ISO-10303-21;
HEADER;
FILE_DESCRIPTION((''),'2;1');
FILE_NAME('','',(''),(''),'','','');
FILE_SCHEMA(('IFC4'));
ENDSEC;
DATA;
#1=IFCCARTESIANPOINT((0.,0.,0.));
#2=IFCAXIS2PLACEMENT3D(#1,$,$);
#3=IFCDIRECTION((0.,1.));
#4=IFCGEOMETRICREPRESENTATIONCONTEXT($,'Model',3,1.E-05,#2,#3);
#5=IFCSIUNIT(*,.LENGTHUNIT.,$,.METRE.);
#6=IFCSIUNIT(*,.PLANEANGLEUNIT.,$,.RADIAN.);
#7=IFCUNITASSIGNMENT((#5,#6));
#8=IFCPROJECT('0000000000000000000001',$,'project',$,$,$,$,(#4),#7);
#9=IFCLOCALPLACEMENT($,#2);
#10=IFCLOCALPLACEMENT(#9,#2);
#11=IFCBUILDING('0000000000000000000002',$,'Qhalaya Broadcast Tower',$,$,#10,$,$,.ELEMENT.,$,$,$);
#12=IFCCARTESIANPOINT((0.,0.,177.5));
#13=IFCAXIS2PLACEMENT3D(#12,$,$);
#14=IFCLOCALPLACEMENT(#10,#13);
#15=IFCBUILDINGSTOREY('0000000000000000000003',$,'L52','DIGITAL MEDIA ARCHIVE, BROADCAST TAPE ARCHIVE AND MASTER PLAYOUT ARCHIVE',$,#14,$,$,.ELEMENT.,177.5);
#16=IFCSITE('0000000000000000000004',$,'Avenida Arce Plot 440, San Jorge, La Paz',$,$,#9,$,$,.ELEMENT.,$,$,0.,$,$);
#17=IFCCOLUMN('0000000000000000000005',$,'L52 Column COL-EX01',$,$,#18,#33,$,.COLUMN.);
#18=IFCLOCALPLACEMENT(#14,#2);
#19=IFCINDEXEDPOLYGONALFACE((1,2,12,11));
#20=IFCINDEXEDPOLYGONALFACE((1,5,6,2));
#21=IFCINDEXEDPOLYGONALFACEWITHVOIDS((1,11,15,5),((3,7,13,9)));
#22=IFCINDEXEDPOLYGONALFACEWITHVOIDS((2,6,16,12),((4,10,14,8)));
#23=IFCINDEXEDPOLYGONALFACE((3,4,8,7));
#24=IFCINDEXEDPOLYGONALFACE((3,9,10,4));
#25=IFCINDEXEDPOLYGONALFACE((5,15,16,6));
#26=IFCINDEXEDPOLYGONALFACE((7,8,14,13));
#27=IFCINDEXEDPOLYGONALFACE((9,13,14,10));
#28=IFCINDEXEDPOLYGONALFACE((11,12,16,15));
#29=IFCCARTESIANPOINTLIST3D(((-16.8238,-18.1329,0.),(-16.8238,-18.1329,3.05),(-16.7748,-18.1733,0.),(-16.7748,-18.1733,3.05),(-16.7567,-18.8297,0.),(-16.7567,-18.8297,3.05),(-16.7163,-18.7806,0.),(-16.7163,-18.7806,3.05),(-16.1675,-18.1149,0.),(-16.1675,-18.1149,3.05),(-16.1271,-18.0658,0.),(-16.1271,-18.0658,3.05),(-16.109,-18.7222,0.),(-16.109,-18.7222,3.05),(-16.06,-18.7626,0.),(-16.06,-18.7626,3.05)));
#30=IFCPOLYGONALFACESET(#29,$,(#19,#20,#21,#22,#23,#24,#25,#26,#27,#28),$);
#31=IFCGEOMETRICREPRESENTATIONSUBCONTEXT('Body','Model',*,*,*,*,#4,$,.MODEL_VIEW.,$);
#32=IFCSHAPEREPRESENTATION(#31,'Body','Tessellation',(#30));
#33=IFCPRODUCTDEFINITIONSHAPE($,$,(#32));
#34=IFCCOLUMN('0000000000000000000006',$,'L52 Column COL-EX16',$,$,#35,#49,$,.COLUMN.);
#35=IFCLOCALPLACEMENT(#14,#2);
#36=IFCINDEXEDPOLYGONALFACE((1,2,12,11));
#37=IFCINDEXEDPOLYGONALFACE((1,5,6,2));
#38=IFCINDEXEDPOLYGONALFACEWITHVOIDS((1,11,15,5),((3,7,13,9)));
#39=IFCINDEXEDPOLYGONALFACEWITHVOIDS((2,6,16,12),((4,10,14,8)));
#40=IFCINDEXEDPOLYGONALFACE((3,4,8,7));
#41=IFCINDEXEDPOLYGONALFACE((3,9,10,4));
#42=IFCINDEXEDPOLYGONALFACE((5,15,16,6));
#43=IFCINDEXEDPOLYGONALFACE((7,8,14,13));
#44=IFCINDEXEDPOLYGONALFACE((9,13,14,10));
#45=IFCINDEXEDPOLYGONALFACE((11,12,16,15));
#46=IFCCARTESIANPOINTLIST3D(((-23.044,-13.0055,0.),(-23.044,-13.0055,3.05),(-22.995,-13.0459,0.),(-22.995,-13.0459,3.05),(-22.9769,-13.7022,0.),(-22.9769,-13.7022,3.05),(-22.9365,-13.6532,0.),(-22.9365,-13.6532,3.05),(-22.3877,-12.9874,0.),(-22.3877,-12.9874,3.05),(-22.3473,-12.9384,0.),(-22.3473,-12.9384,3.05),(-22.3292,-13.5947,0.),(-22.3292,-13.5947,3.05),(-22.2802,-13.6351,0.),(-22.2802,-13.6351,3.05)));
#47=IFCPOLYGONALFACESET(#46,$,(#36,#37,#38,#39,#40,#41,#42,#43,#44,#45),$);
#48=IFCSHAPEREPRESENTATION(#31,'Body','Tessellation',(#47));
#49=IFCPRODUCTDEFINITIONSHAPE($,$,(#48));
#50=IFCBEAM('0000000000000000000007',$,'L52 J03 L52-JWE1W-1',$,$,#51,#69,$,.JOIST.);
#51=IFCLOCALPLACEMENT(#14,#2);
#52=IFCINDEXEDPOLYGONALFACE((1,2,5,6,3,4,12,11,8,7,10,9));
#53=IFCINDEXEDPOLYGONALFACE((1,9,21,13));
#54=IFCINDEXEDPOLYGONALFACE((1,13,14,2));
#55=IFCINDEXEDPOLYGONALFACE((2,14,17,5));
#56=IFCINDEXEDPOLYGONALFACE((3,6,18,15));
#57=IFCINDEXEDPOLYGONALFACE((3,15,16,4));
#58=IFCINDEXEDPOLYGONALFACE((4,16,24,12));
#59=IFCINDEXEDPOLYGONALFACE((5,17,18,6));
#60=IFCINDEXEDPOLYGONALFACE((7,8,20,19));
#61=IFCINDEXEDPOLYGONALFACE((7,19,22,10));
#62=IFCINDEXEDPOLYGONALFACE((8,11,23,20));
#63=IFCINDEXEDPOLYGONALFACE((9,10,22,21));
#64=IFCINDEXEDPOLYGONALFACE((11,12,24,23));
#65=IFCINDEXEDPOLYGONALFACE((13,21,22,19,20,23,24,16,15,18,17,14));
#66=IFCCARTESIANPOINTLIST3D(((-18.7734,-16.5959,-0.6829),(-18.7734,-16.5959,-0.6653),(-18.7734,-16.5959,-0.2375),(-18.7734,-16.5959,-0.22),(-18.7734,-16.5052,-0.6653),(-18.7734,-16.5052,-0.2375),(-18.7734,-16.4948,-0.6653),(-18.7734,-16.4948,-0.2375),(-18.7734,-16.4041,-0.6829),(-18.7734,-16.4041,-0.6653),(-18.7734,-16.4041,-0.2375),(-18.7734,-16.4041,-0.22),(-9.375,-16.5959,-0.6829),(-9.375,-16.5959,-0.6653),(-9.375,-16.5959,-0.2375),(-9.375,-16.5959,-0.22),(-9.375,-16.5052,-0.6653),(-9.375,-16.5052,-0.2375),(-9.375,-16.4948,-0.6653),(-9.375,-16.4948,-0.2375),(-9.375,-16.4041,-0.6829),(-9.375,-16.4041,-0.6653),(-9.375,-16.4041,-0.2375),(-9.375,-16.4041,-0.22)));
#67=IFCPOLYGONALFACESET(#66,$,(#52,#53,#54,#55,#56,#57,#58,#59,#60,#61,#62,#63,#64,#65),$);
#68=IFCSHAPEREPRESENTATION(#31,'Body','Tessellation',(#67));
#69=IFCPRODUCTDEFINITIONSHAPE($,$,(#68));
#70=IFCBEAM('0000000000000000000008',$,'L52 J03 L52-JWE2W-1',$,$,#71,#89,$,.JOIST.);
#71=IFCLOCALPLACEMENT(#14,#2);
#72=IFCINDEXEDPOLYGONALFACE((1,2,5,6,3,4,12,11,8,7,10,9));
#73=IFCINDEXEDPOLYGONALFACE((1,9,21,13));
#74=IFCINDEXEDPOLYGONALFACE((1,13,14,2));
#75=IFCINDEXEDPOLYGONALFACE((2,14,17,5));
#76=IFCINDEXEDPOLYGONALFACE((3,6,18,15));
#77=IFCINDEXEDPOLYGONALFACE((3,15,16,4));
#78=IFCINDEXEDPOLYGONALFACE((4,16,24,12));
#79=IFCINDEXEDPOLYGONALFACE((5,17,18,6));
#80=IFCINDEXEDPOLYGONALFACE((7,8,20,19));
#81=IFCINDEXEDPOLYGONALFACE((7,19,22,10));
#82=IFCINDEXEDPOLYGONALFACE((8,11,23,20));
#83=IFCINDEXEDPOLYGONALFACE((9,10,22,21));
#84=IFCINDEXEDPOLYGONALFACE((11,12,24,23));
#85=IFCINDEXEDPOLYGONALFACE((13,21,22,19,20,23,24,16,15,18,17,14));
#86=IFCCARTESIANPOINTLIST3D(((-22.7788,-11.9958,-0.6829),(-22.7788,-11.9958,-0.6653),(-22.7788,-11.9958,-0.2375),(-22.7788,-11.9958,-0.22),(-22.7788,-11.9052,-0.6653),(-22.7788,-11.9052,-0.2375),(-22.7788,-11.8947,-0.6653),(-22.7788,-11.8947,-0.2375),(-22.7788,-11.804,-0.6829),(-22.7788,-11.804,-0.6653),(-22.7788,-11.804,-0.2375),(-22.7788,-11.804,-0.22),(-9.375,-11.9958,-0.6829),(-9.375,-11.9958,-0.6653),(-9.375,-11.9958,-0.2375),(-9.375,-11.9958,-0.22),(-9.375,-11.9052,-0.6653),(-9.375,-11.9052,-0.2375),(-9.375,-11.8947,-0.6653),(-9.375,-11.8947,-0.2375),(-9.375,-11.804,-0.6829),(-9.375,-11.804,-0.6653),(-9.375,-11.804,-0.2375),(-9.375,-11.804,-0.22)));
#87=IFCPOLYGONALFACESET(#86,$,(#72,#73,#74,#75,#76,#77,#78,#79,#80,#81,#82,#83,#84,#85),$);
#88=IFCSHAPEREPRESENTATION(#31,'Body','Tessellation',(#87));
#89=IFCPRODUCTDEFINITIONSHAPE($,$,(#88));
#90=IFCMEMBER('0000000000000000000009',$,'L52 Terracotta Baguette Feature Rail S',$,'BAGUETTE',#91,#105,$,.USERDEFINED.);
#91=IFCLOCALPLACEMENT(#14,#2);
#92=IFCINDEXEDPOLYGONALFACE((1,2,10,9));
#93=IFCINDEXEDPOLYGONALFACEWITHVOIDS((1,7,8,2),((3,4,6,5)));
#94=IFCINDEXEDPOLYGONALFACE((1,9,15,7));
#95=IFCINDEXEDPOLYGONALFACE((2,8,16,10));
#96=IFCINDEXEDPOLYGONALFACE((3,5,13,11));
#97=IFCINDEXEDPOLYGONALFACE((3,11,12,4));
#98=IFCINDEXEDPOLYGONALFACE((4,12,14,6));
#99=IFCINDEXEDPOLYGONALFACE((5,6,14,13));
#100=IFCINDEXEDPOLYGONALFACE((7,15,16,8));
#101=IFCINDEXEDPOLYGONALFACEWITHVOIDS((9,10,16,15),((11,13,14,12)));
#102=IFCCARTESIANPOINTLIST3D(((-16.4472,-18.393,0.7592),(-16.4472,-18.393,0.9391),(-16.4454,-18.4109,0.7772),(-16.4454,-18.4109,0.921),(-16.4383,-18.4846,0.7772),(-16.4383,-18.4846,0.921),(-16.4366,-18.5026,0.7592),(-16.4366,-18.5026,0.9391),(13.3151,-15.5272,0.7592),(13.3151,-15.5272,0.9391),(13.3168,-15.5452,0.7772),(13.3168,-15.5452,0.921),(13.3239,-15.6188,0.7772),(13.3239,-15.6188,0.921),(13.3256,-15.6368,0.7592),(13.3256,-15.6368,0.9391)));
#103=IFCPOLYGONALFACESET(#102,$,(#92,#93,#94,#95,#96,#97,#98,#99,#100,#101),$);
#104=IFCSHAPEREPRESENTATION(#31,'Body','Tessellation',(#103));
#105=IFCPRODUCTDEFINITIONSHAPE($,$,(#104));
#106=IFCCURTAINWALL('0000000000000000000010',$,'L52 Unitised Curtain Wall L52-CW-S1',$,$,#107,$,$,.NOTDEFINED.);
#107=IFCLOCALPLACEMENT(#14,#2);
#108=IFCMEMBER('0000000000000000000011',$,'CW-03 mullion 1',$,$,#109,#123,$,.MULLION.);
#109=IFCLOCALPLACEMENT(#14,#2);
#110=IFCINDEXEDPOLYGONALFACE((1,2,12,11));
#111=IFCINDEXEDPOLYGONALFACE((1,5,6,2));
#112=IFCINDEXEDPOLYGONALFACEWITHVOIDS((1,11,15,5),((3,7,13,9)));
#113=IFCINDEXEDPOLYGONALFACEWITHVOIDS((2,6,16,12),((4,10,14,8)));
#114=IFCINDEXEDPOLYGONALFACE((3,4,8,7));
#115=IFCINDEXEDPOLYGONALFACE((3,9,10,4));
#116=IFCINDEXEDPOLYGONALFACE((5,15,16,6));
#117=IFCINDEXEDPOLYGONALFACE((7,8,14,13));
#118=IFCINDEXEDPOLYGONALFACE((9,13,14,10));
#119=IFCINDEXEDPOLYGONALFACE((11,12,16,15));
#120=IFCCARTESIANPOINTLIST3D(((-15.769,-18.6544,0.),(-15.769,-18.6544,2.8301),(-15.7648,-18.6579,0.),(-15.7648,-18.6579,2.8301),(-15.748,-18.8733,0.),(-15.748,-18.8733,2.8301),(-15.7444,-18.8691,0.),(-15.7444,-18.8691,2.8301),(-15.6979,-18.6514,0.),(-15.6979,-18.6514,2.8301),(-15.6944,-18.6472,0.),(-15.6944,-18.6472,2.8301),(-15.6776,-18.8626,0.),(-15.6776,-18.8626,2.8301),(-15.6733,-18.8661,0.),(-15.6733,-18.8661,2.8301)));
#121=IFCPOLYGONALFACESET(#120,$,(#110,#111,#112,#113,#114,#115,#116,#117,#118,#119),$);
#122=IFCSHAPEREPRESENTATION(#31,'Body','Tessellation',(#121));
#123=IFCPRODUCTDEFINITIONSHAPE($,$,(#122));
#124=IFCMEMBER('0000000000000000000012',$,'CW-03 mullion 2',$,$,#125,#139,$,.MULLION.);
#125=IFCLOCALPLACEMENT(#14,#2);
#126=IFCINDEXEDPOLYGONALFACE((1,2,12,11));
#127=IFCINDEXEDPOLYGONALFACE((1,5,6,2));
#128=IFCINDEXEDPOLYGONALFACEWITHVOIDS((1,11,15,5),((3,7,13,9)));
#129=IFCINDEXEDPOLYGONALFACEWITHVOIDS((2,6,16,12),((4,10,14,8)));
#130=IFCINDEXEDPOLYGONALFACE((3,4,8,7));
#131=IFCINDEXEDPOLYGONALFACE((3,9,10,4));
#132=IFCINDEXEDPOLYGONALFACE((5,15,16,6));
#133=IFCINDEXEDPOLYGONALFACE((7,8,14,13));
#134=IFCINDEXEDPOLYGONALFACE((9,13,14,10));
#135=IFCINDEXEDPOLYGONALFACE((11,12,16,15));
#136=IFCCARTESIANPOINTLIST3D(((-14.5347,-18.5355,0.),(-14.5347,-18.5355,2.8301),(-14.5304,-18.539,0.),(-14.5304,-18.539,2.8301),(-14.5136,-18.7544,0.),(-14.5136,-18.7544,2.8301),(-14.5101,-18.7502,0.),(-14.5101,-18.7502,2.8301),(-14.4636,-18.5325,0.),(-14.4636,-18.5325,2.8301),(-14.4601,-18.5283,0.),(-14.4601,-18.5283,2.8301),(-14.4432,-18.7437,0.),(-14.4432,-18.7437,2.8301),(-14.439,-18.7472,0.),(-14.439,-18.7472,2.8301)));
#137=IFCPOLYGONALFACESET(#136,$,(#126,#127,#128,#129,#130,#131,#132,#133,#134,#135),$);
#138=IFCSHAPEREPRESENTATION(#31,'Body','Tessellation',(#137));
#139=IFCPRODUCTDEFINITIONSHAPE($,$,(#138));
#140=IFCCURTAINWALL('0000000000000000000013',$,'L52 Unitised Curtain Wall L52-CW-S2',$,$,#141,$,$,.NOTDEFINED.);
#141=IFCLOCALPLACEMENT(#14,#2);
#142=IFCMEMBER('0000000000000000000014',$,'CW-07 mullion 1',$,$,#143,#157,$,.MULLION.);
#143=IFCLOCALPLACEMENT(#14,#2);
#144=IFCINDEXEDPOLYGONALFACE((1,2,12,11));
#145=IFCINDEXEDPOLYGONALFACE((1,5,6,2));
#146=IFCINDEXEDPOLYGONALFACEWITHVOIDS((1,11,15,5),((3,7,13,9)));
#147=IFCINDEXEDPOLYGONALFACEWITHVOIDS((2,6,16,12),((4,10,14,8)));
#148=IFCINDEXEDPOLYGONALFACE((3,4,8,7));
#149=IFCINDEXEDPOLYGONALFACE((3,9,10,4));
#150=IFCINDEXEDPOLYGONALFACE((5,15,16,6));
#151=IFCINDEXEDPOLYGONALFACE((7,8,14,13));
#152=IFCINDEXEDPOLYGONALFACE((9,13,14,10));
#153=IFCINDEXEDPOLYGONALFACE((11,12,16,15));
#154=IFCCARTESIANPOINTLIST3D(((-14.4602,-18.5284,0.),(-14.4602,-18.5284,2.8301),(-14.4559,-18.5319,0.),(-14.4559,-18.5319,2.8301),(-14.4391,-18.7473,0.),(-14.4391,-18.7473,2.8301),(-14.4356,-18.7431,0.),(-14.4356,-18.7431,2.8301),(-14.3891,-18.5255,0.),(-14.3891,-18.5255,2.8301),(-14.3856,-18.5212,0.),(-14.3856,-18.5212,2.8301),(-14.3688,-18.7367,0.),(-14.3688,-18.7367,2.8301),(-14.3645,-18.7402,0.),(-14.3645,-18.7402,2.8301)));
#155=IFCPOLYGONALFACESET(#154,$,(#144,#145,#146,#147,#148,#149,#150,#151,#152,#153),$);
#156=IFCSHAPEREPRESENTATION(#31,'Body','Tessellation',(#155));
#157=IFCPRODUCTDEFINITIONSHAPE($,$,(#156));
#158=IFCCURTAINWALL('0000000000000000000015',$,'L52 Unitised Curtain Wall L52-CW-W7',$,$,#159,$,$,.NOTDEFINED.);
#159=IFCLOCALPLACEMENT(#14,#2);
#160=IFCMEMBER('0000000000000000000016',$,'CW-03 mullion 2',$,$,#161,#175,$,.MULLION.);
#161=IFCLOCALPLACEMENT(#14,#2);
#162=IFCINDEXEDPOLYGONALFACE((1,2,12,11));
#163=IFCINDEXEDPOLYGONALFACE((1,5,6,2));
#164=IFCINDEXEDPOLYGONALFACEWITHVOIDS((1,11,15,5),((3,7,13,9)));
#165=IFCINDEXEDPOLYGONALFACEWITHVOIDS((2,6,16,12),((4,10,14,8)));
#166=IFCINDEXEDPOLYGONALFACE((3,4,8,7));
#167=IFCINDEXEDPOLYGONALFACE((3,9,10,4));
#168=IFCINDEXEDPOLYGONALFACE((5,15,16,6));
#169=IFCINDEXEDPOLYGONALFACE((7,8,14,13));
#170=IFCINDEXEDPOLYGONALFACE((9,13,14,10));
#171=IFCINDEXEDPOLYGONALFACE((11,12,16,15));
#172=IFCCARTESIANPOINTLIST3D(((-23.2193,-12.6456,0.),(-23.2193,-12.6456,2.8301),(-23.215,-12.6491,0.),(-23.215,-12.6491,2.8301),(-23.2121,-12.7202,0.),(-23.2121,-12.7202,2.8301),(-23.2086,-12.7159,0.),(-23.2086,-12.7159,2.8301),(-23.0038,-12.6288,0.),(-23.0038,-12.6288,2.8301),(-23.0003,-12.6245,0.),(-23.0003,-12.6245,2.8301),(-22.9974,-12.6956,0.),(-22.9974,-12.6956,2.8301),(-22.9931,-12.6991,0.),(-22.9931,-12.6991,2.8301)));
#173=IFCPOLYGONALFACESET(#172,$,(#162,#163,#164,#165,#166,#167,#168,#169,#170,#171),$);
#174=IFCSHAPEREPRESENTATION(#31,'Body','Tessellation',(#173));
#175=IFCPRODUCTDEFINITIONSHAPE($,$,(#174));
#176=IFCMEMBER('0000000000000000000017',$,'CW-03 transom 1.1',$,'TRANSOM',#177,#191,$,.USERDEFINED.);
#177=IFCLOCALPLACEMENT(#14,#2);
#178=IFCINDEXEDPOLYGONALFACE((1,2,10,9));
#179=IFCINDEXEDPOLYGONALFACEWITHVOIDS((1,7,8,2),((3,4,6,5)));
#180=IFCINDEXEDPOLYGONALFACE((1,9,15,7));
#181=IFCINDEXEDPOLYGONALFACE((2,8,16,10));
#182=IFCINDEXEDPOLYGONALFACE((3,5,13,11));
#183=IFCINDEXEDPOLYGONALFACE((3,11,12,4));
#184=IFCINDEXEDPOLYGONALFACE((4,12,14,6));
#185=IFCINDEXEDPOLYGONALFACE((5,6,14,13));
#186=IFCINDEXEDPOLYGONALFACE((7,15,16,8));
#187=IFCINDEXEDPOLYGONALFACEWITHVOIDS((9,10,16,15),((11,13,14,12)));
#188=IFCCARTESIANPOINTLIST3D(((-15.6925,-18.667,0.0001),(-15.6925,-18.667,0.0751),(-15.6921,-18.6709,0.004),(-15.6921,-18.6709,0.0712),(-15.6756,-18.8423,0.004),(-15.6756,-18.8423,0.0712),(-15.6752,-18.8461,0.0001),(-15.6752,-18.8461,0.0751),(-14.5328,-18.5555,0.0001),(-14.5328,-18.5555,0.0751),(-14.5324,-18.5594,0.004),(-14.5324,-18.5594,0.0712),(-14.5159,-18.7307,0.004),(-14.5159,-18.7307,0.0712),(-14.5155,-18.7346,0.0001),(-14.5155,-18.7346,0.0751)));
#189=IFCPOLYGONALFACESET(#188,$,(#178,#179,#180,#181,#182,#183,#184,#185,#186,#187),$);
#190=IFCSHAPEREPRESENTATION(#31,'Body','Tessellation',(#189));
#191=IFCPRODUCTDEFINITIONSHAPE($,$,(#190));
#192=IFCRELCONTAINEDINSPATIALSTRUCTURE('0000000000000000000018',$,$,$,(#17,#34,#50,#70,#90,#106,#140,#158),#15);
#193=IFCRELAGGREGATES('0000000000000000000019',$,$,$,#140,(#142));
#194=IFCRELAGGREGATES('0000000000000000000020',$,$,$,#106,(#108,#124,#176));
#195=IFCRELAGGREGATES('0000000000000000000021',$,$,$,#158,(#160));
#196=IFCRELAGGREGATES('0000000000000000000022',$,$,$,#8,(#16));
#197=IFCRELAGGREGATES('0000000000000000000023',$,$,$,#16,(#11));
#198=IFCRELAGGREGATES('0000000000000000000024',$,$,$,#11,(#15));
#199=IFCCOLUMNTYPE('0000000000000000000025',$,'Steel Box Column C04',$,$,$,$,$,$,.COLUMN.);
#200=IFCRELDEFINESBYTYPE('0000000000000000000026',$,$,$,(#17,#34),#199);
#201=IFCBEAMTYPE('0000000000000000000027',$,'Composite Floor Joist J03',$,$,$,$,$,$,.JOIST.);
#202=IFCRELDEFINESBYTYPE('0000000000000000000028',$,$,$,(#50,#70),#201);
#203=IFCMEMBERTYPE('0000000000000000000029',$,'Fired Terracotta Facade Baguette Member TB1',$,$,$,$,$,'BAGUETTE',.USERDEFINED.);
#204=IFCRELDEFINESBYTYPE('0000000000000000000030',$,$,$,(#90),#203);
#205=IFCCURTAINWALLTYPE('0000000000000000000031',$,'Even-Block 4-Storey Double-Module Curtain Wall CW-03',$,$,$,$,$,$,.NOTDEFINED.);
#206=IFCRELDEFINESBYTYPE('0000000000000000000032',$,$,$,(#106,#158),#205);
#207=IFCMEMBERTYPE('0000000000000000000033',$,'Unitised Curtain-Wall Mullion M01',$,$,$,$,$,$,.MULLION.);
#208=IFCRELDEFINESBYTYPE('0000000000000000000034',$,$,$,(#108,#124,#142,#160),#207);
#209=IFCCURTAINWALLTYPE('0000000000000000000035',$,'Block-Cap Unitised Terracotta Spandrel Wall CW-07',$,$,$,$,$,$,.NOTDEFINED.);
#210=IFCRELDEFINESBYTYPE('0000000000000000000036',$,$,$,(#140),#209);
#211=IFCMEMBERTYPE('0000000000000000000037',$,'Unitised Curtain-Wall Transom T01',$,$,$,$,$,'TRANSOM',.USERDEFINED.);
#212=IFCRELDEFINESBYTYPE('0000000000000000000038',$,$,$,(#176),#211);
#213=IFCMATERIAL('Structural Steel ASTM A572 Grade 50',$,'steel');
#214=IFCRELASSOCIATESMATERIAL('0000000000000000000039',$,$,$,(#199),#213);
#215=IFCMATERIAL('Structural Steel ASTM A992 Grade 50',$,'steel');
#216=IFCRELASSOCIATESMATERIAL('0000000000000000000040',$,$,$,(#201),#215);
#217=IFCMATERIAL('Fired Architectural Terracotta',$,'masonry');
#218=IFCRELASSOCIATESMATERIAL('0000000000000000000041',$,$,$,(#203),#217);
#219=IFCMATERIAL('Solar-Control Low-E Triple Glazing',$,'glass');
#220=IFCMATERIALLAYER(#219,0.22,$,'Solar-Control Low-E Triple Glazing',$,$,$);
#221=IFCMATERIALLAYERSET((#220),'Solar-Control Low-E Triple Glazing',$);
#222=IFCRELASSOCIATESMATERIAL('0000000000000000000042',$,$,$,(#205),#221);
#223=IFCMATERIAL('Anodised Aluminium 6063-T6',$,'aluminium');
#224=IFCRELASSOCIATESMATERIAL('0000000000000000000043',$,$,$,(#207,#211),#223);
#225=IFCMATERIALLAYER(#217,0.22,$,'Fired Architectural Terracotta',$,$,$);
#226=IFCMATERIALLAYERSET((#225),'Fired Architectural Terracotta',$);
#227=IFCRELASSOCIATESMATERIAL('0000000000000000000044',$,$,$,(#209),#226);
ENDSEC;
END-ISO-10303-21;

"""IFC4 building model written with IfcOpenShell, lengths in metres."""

from ifc_helpers import new_model, si_unit, direction, frame, origin, origin_2d, place, context, subcontext, project, spatial, hollow_rectangle, i_section, extrude, material, layer, layer_set, material_profile, profile_set, type_object, element, aggregate, save


model = new_model("IFC4")

# Units and contexts
model_context = context("Model", 3, precision=1e-05, world=origin(), true_north=direction((0.0, 1.0)))
body_context = subcontext(model_context, "Body", "Model", "MODEL_VIEW")
ifc_project = project(units=[si_unit("LENGTHUNIT", "METRE"), si_unit("PLANEANGLEUNIT", "RADIAN")], contexts=[model_context])

# Site, building, storey
site_placement = place(None, origin())
site = spatial("IfcSite", under=ifc_project, at=site_placement, Name="Avenida Arce Plot 440, San Jorge, La Paz", CompositionType="ELEMENT", RefElevation=0.0)
building_placement = place(site_placement, origin())
building = spatial("IfcBuilding", under=site, at=building_placement, Name="Qhalaya Broadcast Tower", CompositionType="ELEMENT")
storey_placement = place(building_placement, frame((0.0, 0.0, 177.5)))
storey = spatial("IfcBuildingStorey", under=building, at=storey_placement, Name="L52", Description="DIGITAL MEDIA ARCHIVE, BROADCAST TAPE ARCHIVE AND MASTER PLAYOUT ARCHIVE", CompositionType="ELEMENT", Elevation=177.5)

# Columns
ifc_material_1 = material(Name="Structural Steel ASTM A572 Grade 50", Category="steel")
ifc_material_profile_1 = material_profile(ifc_material_1, hollow_rectangle(XDim=0.7, YDim=0.7, WallThickness=0.0449, at=origin_2d()), Name="BOX 700x700x45")
ifc_profile_set_1 = profile_set([ifc_material_profile_1], Name="Structural Steel ASTM A572 Grade 50")
column_type = type_object("IfcColumnType", Name="Steel Box Column C04", PredefinedType="COLUMN", material=ifc_profile_set_1)
for number, where, z_axis, x_axis, name in (
    (1, (-16.4419, -18.4478, 0.0), (0.0, 0.0, 1.0), (0.995396, 0.095846, 0.0), "L52 Column COL-EX01"),
    (2, (-22.6621, -13.3203, 0.0), (0.0, 0.0, 1.0), (-0.095846, 0.995396, 0.0), "L52 Column COL-EX16"),
):
    element("IfcColumn", number, at=place(storey_placement, frame(where, z_axis=z_axis, x_axis=x_axis)), inside=storey, type_object=column_type, Name=name, PredefinedType="COLUMN", context=body_context, shape_type="SweptSolid", body=[
        extrude(hollow_rectangle(XDim=0.7, YDim=0.7, WallThickness=0.0449, at=origin_2d()), origin(), (0.0, 0.0, 1.0), 3.05),
    ])

# Beams
ifc_material_2 = material(Name="Structural Steel ASTM A992 Grade 50", Category="steel")
ifc_material_profile_2 = material_profile(ifc_material_2, i_section(OverallWidth=0.1919, OverallDepth=0.4629, WebThickness=0.0105, FlangeThickness=0.0176, at=origin_2d()), Name="W18X60")
ifc_profile_set_2 = profile_set([ifc_material_profile_2], Name="Structural Steel ASTM A992 Grade 50")
beam_type_1 = type_object("IfcBeamType", Name="Composite Floor Joist J03", PredefinedType="JOIST", material=ifc_profile_set_2)
beam_1_placement = place(storey_placement, frame((-18.7734, -16.5, -0.4514), z_axis=(1.0, 0.0, 0.0), x_axis=(0.0, 1.0, 0.0)))
element("IfcBeam", 3, at=beam_1_placement, inside=storey, type_object=beam_type_1, Name="L52 J03 L52-JWE1W-1", PredefinedType="JOIST", context=body_context, shape_type="SweptSolid", body=[
    extrude(i_section(OverallWidth=0.1919, OverallDepth=0.4629, WebThickness=0.0105, FlangeThickness=0.0176, at=origin_2d()), origin(), (0.0, 0.0, 1.0), 9.3984),
])
beam_2_placement = place(storey_placement, frame((-22.7788, -11.8999, -0.4514), z_axis=(1.0, 0.0, 0.0), x_axis=(0.0, 1.0, 0.0)))
element("IfcBeam", 4, at=beam_2_placement, inside=storey, type_object=beam_type_1, Name="L52 J03 L52-JWE2W-1", PredefinedType="JOIST", context=body_context, shape_type="SweptSolid", body=[
    extrude(i_section(OverallWidth=0.1919, OverallDepth=0.4629, WebThickness=0.0105, FlangeThickness=0.0176, at=origin_2d()), origin(), (0.0, 0.0, 1.0), 13.4038),
])

# Member
ifc_material_3 = material(Name="Fired Architectural Terracotta", Category="masonry")
ifc_material_profile_3 = material_profile(ifc_material_3, hollow_rectangle(XDim=0.1101, YDim=0.1799, WallThickness=0.0181, at=origin_2d()), Name="TB-BAG 110x180x18")
ifc_profile_set_3 = profile_set([ifc_material_profile_3], Name="Fired Architectural Terracotta")
member_type_1 = type_object("IfcMemberType", Name="Fired Terracotta Facade Baguette Member TB1", ElementType="BAGUETTE", PredefinedType="USERDEFINED", material=ifc_profile_set_3)
member_1_placement = place(storey_placement, frame((-16.4419, -18.4478, 0.8491), z_axis=(0.995396, 0.095844, 0.0), x_axis=(-0.095844, 0.995396, 0.0)))
element("IfcMember", 5, at=member_1_placement, inside=storey, type_object=member_type_1, Name="L52 Terracotta Baguette Feature Rail S", ObjectType="BAGUETTE", PredefinedType="USERDEFINED", context=body_context, shape_type="SweptSolid", body=[
    extrude(hollow_rectangle(XDim=0.1101, YDim=0.1799, WallThickness=0.0181, at=origin_2d()), origin(), (0.0, 0.0, 1.0), 29.8999),
])

# Curtain wall, members
ifc_material_4 = material(Name="Solar-Control Low-E Triple Glazing", Category="glass")
ifc_layer_1 = layer(ifc_material_4, 0.22, Name="Solar-Control Low-E Triple Glazing")
ifc_layer_set_1 = layer_set([ifc_layer_1], Name="Solar-Control Low-E Triple Glazing")
curtain_wall_type_1 = type_object("IfcCurtainWallType", Name="Even-Block 4-Storey Double-Module Curtain Wall CW-03", PredefinedType="NOTDEFINED", material=ifc_layer_set_1)
curtain_wall_1_placement = place(storey_placement, origin())
curtain_wall_1 = element("IfcCurtainWall", 6, at=curtain_wall_1_placement, inside=storey, type_object=curtain_wall_type_1, Name="L52 Unitised Curtain Wall L52-CW-S1", PredefinedType="NOTDEFINED")
ifc_material_5 = material(Name="Anodised Aluminium 6063-T6", Category="aluminium")
ifc_material_profile_4 = material_profile(ifc_material_5, hollow_rectangle(XDim=0.075, YDim=0.22, WallThickness=0.0039, at=origin_2d()), Name="ALU-MUL 75x220x4")
ifc_profile_set_4 = profile_set([ifc_material_profile_4], Name="Anodised Aluminium 6063-T6")
member_type_2 = type_object("IfcMemberType", Name="Unitised Curtain-Wall Mullion M01", PredefinedType="MULLION", material=ifc_profile_set_4)
member_2_placement = place(storey_placement, frame((-15.7212, -18.7603, 0.0), z_axis=(0.0, 0.0, 1.0), x_axis=(0.995399, 0.095821, 0.0)))
member_2 = element("IfcMember", 7, at=member_2_placement, type_object=member_type_2, Name="CW-03 mullion 1", PredefinedType="MULLION", context=body_context, shape_type="SweptSolid", body=[
    extrude(hollow_rectangle(XDim=0.075, YDim=0.22, WallThickness=0.0039, at=origin_2d()), origin(), (0.0, 0.0, 1.0), 2.8301),
])
member_3_placement = place(storey_placement, frame((-14.4868, -18.6414, 0.0), z_axis=(0.0, 0.0, 1.0), x_axis=(0.995399, 0.095821, 0.0)))
member_3 = element("IfcMember", 8, at=member_3_placement, type_object=member_type_2, Name="CW-03 mullion 2", PredefinedType="MULLION", context=body_context, shape_type="SweptSolid", body=[
    extrude(hollow_rectangle(XDim=0.075, YDim=0.22, WallThickness=0.0039, at=origin_2d()), origin(), (0.0, 0.0, 1.0), 2.8301),
])

# Curtain walls, members
ifc_layer_2 = layer(ifc_material_3, 0.22, Name="Fired Architectural Terracotta")
ifc_layer_set_2 = layer_set([ifc_layer_2], Name="Fired Architectural Terracotta")
curtain_wall_type_2 = type_object("IfcCurtainWallType", Name="Block-Cap Unitised Terracotta Spandrel Wall CW-07", PredefinedType="NOTDEFINED", material=ifc_layer_set_2)
curtain_wall_2_placement = place(storey_placement, origin())
curtain_wall_2 = element("IfcCurtainWall", 9, at=curtain_wall_2_placement, inside=storey, type_object=curtain_wall_type_2, Name="L52 Unitised Curtain Wall L52-CW-S2", PredefinedType="NOTDEFINED")
member_4_placement = place(storey_placement, frame((-14.4124, -18.6343, 0.0), z_axis=(0.0, 0.0, 1.0), x_axis=(0.995395, 0.095855, 0.0)))
member_4 = element("IfcMember", 10, at=member_4_placement, type_object=member_type_2, Name="CW-07 mullion 1", PredefinedType="MULLION", context=body_context, shape_type="SweptSolid", body=[
    extrude(hollow_rectangle(XDim=0.075, YDim=0.22, WallThickness=0.0039, at=origin_2d()), origin(), (0.0, 0.0, 1.0), 2.8301),
])
curtain_wall_3_placement = place(storey_placement, origin())
curtain_wall_3 = element("IfcCurtainWall", 11, at=curtain_wall_3_placement, inside=storey, type_object=curtain_wall_type_1, Name="L52 Unitised Curtain Wall L52-CW-W7", PredefinedType="NOTDEFINED")
member_5_placement = place(storey_placement, frame((-23.1062, -12.6724, 0.0), z_axis=(0.0, 0.0, 1.0), x_axis=(0.095874, -0.995393, 0.0)))
member_5 = element("IfcMember", 12, at=member_5_placement, type_object=member_type_2, Name="CW-03 mullion 2", PredefinedType="MULLION", context=body_context, shape_type="SweptSolid", body=[
    extrude(hollow_rectangle(XDim=0.075, YDim=0.22, WallThickness=0.0039, at=origin_2d()), origin(), (0.0, 0.0, 1.0), 2.8301),
])

# Member
ifc_material_profile_5 = material_profile(ifc_material_5, hollow_rectangle(XDim=0.075, YDim=0.1799, WallThickness=0.0039, at=origin_2d()), Name="ALU-TRN 75x180x4")
ifc_profile_set_5 = profile_set([ifc_material_profile_5], Name="Anodised Aluminium 6063-T6")
member_type_3 = type_object("IfcMemberType", Name="Unitised Curtain-Wall Transom T01", ElementType="TRANSOM", PredefinedType="USERDEFINED", material=ifc_profile_set_5)
member_6_placement = place(storey_placement, frame((-15.6838, -18.7566, 0.0376), z_axis=(0.995404, 0.095768, 0.0), x_axis=(0.0, 0.0, 1.0)))
member_6 = element("IfcMember", 13, at=member_6_placement, type_object=member_type_3, Name="CW-03 transom 1.1", ObjectType="TRANSOM", PredefinedType="USERDEFINED", context=body_context, shape_type="SweptSolid", body=[
    extrude(hollow_rectangle(XDim=0.075, YDim=0.1799, WallThickness=0.0039, at=origin_2d()), origin(), (0.0, 0.0, 1.0), 1.165),
])
aggregate(curtain_wall_2, [member_4])

aggregate(curtain_wall_1, [member_2, member_3, member_6])
aggregate(curtain_wall_3, [member_5])

save(model, "model.ifc")
